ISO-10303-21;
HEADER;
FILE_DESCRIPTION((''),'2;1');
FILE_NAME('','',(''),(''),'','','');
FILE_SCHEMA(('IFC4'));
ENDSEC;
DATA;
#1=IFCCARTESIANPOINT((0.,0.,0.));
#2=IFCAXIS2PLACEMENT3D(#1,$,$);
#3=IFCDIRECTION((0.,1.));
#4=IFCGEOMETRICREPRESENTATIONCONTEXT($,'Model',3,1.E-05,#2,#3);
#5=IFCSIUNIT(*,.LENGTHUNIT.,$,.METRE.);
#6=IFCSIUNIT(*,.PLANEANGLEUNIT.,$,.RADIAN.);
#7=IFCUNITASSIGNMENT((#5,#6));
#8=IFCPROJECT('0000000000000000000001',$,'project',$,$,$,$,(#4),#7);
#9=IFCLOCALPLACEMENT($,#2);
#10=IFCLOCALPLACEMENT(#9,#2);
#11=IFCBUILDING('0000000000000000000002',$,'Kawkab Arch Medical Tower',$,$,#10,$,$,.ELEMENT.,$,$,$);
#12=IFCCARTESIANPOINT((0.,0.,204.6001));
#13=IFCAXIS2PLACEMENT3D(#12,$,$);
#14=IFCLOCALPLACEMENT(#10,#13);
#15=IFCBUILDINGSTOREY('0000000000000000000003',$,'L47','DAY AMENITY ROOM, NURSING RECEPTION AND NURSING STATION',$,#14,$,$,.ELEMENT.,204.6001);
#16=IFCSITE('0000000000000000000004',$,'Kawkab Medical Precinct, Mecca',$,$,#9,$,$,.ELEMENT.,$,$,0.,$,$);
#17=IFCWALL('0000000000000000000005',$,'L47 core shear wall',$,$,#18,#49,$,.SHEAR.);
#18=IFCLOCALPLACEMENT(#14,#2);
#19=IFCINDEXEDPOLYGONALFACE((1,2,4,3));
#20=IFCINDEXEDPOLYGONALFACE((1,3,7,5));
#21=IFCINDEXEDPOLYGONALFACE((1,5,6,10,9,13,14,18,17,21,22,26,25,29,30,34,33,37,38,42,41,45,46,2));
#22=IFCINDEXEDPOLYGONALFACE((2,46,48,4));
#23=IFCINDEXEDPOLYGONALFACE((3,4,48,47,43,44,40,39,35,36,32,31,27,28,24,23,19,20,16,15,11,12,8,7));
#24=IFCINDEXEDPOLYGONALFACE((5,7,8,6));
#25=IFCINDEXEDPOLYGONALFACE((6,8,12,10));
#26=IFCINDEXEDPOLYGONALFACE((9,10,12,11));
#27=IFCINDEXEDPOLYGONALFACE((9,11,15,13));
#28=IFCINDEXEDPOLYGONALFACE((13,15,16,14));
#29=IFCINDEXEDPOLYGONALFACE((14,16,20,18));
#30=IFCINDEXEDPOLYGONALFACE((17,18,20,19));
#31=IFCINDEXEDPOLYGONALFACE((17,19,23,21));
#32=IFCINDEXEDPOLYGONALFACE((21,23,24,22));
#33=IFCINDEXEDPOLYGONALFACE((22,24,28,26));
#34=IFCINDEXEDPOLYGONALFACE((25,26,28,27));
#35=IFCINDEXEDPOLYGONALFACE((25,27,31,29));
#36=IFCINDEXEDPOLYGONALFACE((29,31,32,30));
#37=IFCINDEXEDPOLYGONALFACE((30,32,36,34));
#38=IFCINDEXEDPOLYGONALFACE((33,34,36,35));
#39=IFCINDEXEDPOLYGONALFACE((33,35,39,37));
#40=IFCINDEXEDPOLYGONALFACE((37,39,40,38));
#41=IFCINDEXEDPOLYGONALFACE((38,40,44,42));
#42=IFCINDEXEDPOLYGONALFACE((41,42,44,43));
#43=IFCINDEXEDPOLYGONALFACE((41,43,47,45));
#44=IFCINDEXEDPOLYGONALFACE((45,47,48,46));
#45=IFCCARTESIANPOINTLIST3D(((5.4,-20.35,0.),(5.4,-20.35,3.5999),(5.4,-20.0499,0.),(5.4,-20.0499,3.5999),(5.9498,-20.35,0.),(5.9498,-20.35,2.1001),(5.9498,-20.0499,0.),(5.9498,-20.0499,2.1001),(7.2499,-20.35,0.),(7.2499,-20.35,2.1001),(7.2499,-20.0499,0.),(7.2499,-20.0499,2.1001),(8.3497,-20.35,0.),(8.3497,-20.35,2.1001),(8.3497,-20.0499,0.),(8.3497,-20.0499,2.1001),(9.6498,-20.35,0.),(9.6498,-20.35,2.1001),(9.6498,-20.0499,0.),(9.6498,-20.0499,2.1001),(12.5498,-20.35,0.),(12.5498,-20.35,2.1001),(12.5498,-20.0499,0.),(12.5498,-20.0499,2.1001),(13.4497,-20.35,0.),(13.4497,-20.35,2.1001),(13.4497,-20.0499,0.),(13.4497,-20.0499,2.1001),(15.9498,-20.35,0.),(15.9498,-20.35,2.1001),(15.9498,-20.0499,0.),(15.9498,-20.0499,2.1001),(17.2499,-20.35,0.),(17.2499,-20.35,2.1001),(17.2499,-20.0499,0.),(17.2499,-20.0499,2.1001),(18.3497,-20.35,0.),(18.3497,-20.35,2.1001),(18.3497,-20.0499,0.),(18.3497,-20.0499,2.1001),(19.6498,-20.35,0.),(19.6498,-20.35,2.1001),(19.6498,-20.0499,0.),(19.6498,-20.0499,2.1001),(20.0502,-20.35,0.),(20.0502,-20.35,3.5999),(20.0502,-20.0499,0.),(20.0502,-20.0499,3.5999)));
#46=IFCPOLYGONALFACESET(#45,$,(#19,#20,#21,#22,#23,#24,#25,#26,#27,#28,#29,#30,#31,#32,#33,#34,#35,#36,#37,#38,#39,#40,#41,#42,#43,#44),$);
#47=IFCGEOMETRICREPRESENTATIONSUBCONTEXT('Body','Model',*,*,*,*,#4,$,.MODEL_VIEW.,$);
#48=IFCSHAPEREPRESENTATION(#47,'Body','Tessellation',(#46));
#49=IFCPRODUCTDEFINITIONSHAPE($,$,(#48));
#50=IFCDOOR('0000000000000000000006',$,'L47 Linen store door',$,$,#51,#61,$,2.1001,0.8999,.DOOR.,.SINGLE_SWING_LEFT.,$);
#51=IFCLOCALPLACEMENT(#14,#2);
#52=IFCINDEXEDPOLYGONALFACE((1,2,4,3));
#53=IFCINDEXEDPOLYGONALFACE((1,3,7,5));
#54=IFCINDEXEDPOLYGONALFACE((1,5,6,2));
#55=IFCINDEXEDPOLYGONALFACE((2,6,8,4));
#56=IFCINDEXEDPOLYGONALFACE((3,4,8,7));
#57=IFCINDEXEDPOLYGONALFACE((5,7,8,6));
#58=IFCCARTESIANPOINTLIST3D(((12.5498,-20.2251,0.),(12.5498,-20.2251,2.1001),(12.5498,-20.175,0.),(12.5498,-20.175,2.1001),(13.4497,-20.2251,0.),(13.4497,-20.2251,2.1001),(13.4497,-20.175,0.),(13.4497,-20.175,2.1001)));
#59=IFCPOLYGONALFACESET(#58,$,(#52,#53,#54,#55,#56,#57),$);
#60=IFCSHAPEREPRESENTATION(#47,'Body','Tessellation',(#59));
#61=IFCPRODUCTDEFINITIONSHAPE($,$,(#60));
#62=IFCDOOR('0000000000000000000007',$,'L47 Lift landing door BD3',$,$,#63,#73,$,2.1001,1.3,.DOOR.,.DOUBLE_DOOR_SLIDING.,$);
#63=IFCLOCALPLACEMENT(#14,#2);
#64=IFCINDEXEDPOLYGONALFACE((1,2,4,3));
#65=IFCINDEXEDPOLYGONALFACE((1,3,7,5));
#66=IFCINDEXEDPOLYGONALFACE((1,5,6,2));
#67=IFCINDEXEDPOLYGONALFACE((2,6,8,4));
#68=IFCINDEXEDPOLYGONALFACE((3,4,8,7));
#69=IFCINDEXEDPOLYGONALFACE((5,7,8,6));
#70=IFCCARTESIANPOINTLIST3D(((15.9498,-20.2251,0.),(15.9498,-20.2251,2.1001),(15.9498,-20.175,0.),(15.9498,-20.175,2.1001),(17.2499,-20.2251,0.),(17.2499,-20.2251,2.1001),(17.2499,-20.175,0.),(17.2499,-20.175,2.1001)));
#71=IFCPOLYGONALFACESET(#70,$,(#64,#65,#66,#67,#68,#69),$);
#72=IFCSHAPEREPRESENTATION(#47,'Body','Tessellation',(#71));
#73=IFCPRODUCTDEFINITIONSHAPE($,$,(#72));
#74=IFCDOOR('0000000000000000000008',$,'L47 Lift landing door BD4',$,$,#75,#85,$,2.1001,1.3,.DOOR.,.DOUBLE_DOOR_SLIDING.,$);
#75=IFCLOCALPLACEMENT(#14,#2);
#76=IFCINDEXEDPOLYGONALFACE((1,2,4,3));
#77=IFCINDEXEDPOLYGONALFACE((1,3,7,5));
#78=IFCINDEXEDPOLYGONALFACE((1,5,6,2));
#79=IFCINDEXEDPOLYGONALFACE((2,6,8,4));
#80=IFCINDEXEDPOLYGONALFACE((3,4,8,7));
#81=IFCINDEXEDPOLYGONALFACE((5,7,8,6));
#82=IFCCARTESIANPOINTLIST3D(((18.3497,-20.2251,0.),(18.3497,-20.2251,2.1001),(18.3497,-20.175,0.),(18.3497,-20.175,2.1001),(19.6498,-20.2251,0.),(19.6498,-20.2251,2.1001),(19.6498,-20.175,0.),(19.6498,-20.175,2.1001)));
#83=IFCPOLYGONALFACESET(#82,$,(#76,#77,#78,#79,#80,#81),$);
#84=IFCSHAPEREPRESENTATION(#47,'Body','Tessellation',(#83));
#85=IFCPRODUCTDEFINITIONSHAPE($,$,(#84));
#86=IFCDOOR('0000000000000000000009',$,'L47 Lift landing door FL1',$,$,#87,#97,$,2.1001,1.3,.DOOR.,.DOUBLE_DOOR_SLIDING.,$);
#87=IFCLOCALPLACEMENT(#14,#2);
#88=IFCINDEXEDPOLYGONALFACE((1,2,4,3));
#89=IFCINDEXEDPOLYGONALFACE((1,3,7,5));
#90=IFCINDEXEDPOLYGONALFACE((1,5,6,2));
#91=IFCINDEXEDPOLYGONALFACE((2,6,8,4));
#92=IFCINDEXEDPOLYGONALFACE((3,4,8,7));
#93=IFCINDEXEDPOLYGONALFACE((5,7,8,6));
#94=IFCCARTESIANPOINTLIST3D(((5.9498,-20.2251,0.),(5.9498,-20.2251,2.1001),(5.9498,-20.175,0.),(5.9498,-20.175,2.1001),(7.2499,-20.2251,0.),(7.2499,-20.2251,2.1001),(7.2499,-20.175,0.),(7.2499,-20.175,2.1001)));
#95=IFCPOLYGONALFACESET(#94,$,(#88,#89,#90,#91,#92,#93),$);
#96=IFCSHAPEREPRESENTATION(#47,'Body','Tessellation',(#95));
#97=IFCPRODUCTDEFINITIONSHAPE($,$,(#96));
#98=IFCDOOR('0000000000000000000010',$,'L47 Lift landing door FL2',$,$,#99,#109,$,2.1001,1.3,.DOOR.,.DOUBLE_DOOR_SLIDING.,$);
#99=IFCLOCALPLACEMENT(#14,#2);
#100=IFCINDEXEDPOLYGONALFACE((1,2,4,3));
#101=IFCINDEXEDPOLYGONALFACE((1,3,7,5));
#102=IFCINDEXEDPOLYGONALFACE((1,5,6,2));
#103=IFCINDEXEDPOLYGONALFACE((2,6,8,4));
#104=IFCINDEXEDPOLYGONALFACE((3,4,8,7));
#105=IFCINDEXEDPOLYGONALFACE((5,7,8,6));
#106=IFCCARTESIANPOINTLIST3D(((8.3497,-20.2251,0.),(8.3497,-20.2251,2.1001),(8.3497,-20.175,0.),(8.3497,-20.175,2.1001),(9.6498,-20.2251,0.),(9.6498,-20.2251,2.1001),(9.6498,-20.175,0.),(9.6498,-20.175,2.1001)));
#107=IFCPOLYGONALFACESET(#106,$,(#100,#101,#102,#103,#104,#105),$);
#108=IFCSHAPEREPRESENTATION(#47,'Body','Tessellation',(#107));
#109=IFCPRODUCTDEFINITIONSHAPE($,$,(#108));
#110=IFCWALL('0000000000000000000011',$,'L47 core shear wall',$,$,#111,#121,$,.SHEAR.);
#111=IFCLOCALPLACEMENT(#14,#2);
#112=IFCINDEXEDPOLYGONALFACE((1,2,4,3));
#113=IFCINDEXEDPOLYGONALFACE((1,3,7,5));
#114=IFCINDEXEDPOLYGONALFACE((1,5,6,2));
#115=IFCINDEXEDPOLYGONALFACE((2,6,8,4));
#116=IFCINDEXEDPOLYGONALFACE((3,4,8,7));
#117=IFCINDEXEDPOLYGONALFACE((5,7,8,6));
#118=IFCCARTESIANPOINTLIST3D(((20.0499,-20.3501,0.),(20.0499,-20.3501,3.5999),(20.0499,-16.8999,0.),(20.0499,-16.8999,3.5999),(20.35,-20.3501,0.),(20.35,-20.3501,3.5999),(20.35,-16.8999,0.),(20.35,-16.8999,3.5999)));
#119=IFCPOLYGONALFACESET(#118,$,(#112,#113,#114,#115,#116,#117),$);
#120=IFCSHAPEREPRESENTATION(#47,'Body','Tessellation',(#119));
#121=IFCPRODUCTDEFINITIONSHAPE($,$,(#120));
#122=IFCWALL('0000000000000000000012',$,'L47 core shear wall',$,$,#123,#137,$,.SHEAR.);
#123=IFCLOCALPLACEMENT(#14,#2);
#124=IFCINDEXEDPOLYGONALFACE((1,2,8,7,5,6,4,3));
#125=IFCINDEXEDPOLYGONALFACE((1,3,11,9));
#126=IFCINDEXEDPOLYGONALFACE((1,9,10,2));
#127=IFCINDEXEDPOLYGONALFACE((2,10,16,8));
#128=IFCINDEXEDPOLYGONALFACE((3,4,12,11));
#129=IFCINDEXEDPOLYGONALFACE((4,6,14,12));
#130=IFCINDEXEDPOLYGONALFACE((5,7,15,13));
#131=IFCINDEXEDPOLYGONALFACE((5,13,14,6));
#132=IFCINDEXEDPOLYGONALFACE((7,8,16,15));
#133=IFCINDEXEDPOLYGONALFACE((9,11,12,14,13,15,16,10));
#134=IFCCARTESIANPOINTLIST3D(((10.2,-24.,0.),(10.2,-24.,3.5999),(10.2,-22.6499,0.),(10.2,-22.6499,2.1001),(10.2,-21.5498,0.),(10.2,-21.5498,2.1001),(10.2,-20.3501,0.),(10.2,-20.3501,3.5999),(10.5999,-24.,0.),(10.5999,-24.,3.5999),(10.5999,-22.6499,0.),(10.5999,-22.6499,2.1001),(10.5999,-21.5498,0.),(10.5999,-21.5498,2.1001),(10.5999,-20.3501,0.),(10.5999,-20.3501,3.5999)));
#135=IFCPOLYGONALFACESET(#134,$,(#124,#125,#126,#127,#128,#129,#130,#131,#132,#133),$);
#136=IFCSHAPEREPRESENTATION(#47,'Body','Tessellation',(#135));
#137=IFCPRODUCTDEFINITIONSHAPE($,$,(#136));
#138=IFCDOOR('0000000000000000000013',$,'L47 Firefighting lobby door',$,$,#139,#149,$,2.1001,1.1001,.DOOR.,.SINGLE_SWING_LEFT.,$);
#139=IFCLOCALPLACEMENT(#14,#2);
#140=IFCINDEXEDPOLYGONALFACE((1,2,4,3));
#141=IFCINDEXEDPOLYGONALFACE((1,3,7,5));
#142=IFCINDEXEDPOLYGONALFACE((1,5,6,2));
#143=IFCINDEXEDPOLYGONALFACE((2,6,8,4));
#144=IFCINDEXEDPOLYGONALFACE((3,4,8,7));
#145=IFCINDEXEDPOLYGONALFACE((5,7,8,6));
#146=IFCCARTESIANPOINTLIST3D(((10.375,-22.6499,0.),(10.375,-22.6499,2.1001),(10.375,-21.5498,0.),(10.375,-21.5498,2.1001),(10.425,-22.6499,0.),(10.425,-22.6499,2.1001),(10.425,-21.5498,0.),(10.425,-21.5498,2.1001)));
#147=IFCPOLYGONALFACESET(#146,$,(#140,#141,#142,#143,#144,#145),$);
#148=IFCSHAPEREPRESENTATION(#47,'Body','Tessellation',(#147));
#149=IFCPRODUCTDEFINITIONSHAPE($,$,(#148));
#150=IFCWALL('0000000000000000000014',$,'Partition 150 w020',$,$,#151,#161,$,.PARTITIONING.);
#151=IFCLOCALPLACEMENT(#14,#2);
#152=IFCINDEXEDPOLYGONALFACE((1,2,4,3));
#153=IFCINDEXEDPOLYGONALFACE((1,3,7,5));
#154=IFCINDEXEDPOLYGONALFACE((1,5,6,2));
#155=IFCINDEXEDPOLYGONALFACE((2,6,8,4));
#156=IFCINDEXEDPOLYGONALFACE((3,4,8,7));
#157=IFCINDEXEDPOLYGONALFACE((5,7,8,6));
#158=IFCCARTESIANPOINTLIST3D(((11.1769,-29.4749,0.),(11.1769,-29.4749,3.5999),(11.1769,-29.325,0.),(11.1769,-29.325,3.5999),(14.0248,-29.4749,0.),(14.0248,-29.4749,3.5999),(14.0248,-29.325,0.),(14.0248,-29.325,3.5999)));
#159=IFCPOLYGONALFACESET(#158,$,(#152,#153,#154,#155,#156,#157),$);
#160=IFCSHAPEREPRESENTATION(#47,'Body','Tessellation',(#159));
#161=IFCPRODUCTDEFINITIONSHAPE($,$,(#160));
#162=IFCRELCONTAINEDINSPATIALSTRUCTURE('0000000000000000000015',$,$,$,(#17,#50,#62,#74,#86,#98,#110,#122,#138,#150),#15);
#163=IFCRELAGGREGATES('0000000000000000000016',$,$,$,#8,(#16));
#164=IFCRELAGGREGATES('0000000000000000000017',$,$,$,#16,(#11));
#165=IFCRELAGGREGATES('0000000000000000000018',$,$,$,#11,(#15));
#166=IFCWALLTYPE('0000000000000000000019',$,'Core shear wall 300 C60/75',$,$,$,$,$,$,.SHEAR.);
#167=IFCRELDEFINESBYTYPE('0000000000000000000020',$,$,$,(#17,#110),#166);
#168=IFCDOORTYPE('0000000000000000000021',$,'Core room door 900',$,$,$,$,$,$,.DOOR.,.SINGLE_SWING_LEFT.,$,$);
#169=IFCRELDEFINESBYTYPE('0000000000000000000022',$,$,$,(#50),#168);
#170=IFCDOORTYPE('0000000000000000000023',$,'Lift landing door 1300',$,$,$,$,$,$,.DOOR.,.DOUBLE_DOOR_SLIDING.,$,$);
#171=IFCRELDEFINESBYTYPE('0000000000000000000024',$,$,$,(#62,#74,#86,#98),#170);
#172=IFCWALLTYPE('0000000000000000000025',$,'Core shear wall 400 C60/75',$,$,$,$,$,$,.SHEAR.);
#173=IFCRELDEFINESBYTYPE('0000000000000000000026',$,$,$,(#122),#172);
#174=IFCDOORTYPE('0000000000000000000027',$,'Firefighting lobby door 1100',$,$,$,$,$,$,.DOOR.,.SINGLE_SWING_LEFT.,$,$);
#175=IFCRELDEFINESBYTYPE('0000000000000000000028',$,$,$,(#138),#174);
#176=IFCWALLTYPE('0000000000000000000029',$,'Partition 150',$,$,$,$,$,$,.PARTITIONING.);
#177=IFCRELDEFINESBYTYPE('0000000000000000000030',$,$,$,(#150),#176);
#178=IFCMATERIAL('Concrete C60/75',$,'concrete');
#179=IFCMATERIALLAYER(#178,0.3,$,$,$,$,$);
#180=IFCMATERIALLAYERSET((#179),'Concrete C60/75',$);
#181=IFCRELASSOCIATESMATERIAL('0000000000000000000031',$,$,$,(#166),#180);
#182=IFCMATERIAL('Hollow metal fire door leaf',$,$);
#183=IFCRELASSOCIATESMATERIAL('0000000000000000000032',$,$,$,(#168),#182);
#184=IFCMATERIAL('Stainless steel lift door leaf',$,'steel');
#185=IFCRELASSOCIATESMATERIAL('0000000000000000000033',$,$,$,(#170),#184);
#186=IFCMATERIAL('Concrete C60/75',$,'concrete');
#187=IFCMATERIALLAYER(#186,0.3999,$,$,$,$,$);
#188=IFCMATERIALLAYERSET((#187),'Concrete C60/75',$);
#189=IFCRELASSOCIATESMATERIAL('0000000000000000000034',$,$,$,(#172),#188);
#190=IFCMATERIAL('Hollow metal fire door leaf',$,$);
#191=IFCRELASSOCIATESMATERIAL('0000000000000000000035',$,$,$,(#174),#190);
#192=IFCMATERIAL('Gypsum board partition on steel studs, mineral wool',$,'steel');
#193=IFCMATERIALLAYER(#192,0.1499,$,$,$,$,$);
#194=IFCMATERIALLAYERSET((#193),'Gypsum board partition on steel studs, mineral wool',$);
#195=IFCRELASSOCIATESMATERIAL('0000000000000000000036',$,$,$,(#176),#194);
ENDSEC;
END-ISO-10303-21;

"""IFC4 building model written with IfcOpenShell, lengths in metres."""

from ifc_helpers import new_model, si_unit, direction, frame, frame_2d, origin, place, context, subcontext, project, spatial, rectangle, extrude, material, layer, layer_set, type_object, element, fill, save


model = new_model("IFC4")

# Units and contexts
model_context = context("Model", 3, precision=1e-05, world=origin(), true_north=direction((0.0, 1.0)))
body_context = subcontext(model_context, "Body", "Model", "MODEL_VIEW")
ifc_project = project(units=[si_unit("LENGTHUNIT", "METRE"), si_unit("PLANEANGLEUNIT", "RADIAN")], contexts=[model_context])

# Site, building, storey
site_placement = place(None, origin())
site = spatial("IfcSite", under=ifc_project, at=site_placement, Name="Kawkab Medical Precinct, Mecca", CompositionType="ELEMENT", RefElevation=0.0)
building_placement = place(site_placement, origin())
building = spatial("IfcBuilding", under=site, at=building_placement, Name="Kawkab Arch Medical Tower", CompositionType="ELEMENT")
storey_placement = place(building_placement, frame((0.0, 0.0, 204.6001)))
storey = spatial("IfcBuildingStorey", under=building, at=storey_placement, Name="L47", Description="DAY AMENITY ROOM, NURSING RECEPTION AND NURSING STATION", CompositionType="ELEMENT", Elevation=204.6001)

# Wall, openings, doors
ifc_material_1 = material(Name="Concrete C60/75", Category="concrete")
ifc_layer_1 = layer(ifc_material_1, 0.3)
ifc_layer_set_1 = layer_set([ifc_layer_1], Name="Concrete C60/75")
wall_type_1 = type_object("IfcWallType", Name="Core shear wall 300 C60/75", PredefinedType="SHEAR", material=ifc_layer_set_1)
wall_1_placement = place(storey_placement, frame((5.3999, -20.2, 0.0), z_axis=(0.0, 0.0, 1.0), x_axis=(1.0, 0.0, 0.0)))
wall_1 = element("IfcWall", 1, at=wall_1_placement, inside=storey, type_object=wall_type_1, Name="L47 core shear wall", PredefinedType="SHEAR", context=body_context, shape_type="SweptSolid", body=[
    extrude(rectangle(XDim=14.6501, YDim=0.3, at=frame_2d((7.3252, 0.0))), origin(), (0.0, 0.0, 1.0), 3.5999),
])
opening_1_placement = place(wall_1_placement, frame((10.55, 0.0, 0.0)))
opening_1 = element("IfcOpeningElement", 2, at=opening_1_placement, cuts=wall_1, PredefinedType="OPENING", context=body_context, shape_type="SweptSolid", body=[
    extrude(rectangle(XDim=1.3, YDim=2.1001, at=frame_2d((0.6499, 1.05))), frame((0.0, 0.1599, 0.0), z_axis=(0.0, -1.0, 0.0), x_axis=(1.0, 0.0, 0.0)), (0.0, 0.0, 1.0), 0.3201),
])
opening_2_placement = place(wall_1_placement, frame((12.95, 0.0, 0.0)))
opening_2 = element("IfcOpeningElement", 3, at=opening_2_placement, cuts=wall_1, PredefinedType="OPENING", context=body_context, shape_type="SweptSolid", body=[
    extrude(rectangle(XDim=1.3, YDim=2.1001, at=frame_2d((0.6499, 1.05))), frame((0.0, 0.1599, 0.0), z_axis=(0.0, -1.0, 0.0), x_axis=(1.0, 0.0, 0.0)), (0.0, 0.0, 1.0), 0.3201),
])
opening_3_placement = place(wall_1_placement, frame((0.55, 0.0, 0.0)))
opening_3 = element("IfcOpeningElement", 4, at=opening_3_placement, cuts=wall_1, PredefinedType="OPENING", context=body_context, shape_type="SweptSolid", body=[
    extrude(rectangle(XDim=1.3, YDim=2.1001, at=frame_2d((0.6499, 1.05))), frame((0.0, 0.1599, 0.0), z_axis=(0.0, -1.0, 0.0), x_axis=(1.0, 0.0, 0.0)), (0.0, 0.0, 1.0), 0.3201),
])
opening_4_placement = place(wall_1_placement, frame((2.95, 0.0, 0.0)))
opening_4 = element("IfcOpeningElement", 5, at=opening_4_placement, cuts=wall_1, PredefinedType="OPENING", context=body_context, shape_type="SweptSolid", body=[
    extrude(rectangle(XDim=1.3, YDim=2.1001, at=frame_2d((0.6499, 1.05))), frame((0.0, 0.1599, 0.0), z_axis=(0.0, -1.0, 0.0), x_axis=(1.0, 0.0, 0.0)), (0.0, 0.0, 1.0), 0.3201),
])
opening_5_placement = place(wall_1_placement, frame((7.1499, 0.0, 0.0)))
opening_5 = element("IfcOpeningElement", 6, at=opening_5_placement, cuts=wall_1, PredefinedType="OPENING", context=body_context, shape_type="SweptSolid", body=[
    extrude(rectangle(XDim=0.8999, YDim=2.1001, at=frame_2d((0.45, 1.05))), frame((0.0, 0.1599, 0.0), z_axis=(0.0, -1.0, 0.0), x_axis=(1.0, 0.0, 0.0)), (0.0, 0.0, 1.0), 0.3201),
])
ifc_material_2 = material(Name="Hollow metal fire door leaf")
door_type_1 = type_object("IfcDoorType", Name="Core room door 900", OperationType="SINGLE_SWING_LEFT", PredefinedType="DOOR", material=ifc_material_2)
door_1_placement = place(opening_5_placement, origin())
door_1 = element("IfcDoor", 7, at=door_1_placement, inside=storey, type_object=door_type_1, Name="L47 Linen store door", OperationType="SINGLE_SWING_LEFT", OverallHeight=2.1001, OverallWidth=0.8999, PredefinedType="DOOR", context=body_context, shape_type="SweptSolid", body=[
    extrude(rectangle(XDim=0.8999, YDim=2.1001, at=frame_2d((0.45, 1.05))), frame((0.0, 0.0249, 0.0), z_axis=(0.0, -1.0, 0.0), x_axis=(1.0, 0.0, 0.0)), (0.0, 0.0, 1.0), 0.05),
])
fill(opening_5, door_1)
ifc_material_3 = material(Name="Stainless steel lift door leaf", Category="steel")
door_type_2 = type_object("IfcDoorType", Name="Lift landing door 1300", OperationType="DOUBLE_DOOR_SLIDING", PredefinedType="DOOR", material=ifc_material_3)
door_2_placement = place(opening_1_placement, origin())
door_2 = element("IfcDoor", 8, at=door_2_placement, inside=storey, type_object=door_type_2, Name="L47 Lift landing door BD3", OperationType="DOUBLE_DOOR_SLIDING", OverallHeight=2.1001, OverallWidth=1.3, PredefinedType="DOOR", context=body_context, shape_type="SweptSolid", body=[
    extrude(rectangle(XDim=1.3, YDim=2.1001, at=frame_2d((0.6499, 1.05))), frame((0.0, 0.0249, 0.0), z_axis=(0.0, -1.0, 0.0), x_axis=(1.0, 0.0, 0.0)), (0.0, 0.0, 1.0), 0.05),
])
fill(opening_1, door_2)
door_3_placement = place(opening_2_placement, origin())
door_3 = element("IfcDoor", 9, at=door_3_placement, inside=storey, type_object=door_type_2, Name="L47 Lift landing door BD4", OperationType="DOUBLE_DOOR_SLIDING", OverallHeight=2.1001, OverallWidth=1.3, PredefinedType="DOOR", context=body_context, shape_type="SweptSolid", body=[
    extrude(rectangle(XDim=1.3, YDim=2.1001, at=frame_2d((0.6499, 1.05))), frame((0.0, 0.0249, 0.0), z_axis=(0.0, -1.0, 0.0), x_axis=(1.0, 0.0, 0.0)), (0.0, 0.0, 1.0), 0.05),
])
fill(opening_2, door_3)
door_4_placement = place(opening_3_placement, origin())
door_4 = element("IfcDoor", 10, at=door_4_placement, inside=storey, type_object=door_type_2, Name="L47 Lift landing door FL1", OperationType="DOUBLE_DOOR_SLIDING", OverallHeight=2.1001, OverallWidth=1.3, PredefinedType="DOOR", context=body_context, shape_type="SweptSolid", body=[
    extrude(rectangle(XDim=1.3, YDim=2.1001, at=frame_2d((0.6499, 1.05))), frame((0.0, 0.0249, 0.0), z_axis=(0.0, -1.0, 0.0), x_axis=(1.0, 0.0, 0.0)), (0.0, 0.0, 1.0), 0.05),
])
fill(opening_3, door_4)
door_5_placement = place(opening_4_placement, origin())
door_5 = element("IfcDoor", 11, at=door_5_placement, inside=storey, type_object=door_type_2, Name="L47 Lift landing door FL2", OperationType="DOUBLE_DOOR_SLIDING", OverallHeight=2.1001, OverallWidth=1.3, PredefinedType="DOOR", context=body_context, shape_type="SweptSolid", body=[
    extrude(rectangle(XDim=1.3, YDim=2.1001, at=frame_2d((0.6499, 1.05))), frame((0.0, 0.0249, 0.0), z_axis=(0.0, -1.0, 0.0), x_axis=(1.0, 0.0, 0.0)), (0.0, 0.0, 1.0), 0.05),
])
fill(opening_4, door_5)

# Wall
wall_2_placement = place(storey_placement, frame((20.2, -20.3501, 0.0), z_axis=(0.0, 0.0, 1.0), x_axis=(0.0, 1.0, 0.0)))
element("IfcWall", 12, at=wall_2_placement, inside=storey, type_object=wall_type_1, Name="L47 core shear wall", PredefinedType="SHEAR", context=body_context, shape_type="SweptSolid", body=[
    extrude(rectangle(XDim=3.4502, YDim=0.3, at=frame_2d((1.7251, 0.0))), origin(), (0.0, 0.0, 1.0), 3.5999),
])

# Wall, opening, door
ifc_material_4 = material(Name="Concrete C60/75", Category="concrete")
ifc_layer_2 = layer(ifc_material_4, 0.3999)
ifc_layer_set_2 = layer_set([ifc_layer_2], Name="Concrete C60/75")
wall_type_2 = type_object("IfcWallType", Name="Core shear wall 400 C60/75", PredefinedType="SHEAR", material=ifc_layer_set_2)
wall_3_placement = place(storey_placement, frame((10.3999, -24.0, 0.0), z_axis=(0.0, 0.0, 1.0), x_axis=(0.0, 1.0, 0.0)))
wall_3 = element("IfcWall", 13, at=wall_3_placement, inside=storey, type_object=wall_type_2, Name="L47 core shear wall", PredefinedType="SHEAR", context=body_context, shape_type="SweptSolid", body=[
    extrude(rectangle(XDim=3.6499, YDim=0.3999, at=frame_2d((1.825, 0.0))), origin(), (0.0, 0.0, 1.0), 3.5999),
])
opening_6_placement = place(wall_3_placement, frame((1.3501, 0.0, 0.0)))
opening_6 = element("IfcOpeningElement", 14, at=opening_6_placement, cuts=wall_3, PredefinedType="OPENING", context=body_context, shape_type="SweptSolid", body=[
    extrude(rectangle(XDim=1.1001, YDim=2.1001, at=frame_2d((0.55, 1.05))), frame((0.0, 0.21, 0.0), z_axis=(0.0, -1.0, 0.0), x_axis=(1.0, 0.0, 0.0)), (0.0, 0.0, 1.0), 0.4199),
])
ifc_material_5 = material(Name="Hollow metal fire door leaf")
door_type_3 = type_object("IfcDoorType", Name="Firefighting lobby door 1100", OperationType="SINGLE_SWING_LEFT", PredefinedType="DOOR", material=ifc_material_5)
door_6_placement = place(opening_6_placement, origin())
door_6 = element("IfcDoor", 15, at=door_6_placement, inside=storey, type_object=door_type_3, Name="L47 Firefighting lobby door", OperationType="SINGLE_SWING_LEFT", OverallHeight=2.1001, OverallWidth=1.1001, PredefinedType="DOOR", context=body_context, shape_type="SweptSolid", body=[
    extrude(rectangle(XDim=1.1001, YDim=2.1001, at=frame_2d((0.55, 1.05))), frame((0.0, 0.0249, 0.0), z_axis=(0.0, -1.0, 0.0), x_axis=(1.0, 0.0, 0.0)), (0.0, 0.0, 1.0), 0.05),
])
fill(opening_6, door_6)

# Wall
ifc_material_6 = material(Name="Gypsum board partition on steel studs, mineral wool", Category="steel")
ifc_layer_3 = layer(ifc_material_6, 0.1499)
ifc_layer_set_3 = layer_set([ifc_layer_3], Name="Gypsum board partition on steel studs, mineral wool")
wall_type_3 = type_object("IfcWallType", Name="Partition 150", PredefinedType="PARTITIONING", material=ifc_layer_set_3)
wall_4_placement = place(storey_placement, frame((11.177, -29.3999, 0.0), z_axis=(0.0, 0.0, 1.0), x_axis=(1.0, 0.0, 0.0)))
element("IfcWall", 16, at=wall_4_placement, inside=storey, type_object=wall_type_3, Name="Partition 150 w020", PredefinedType="PARTITIONING", context=body_context, shape_type="SweptSolid", body=[
    extrude(rectangle(XDim=2.8479, YDim=0.1499, at=frame_2d((1.4238, 0.0))), origin(), (0.0, 0.0, 1.0), 3.5999),
])

save(model, "model.ifc")
